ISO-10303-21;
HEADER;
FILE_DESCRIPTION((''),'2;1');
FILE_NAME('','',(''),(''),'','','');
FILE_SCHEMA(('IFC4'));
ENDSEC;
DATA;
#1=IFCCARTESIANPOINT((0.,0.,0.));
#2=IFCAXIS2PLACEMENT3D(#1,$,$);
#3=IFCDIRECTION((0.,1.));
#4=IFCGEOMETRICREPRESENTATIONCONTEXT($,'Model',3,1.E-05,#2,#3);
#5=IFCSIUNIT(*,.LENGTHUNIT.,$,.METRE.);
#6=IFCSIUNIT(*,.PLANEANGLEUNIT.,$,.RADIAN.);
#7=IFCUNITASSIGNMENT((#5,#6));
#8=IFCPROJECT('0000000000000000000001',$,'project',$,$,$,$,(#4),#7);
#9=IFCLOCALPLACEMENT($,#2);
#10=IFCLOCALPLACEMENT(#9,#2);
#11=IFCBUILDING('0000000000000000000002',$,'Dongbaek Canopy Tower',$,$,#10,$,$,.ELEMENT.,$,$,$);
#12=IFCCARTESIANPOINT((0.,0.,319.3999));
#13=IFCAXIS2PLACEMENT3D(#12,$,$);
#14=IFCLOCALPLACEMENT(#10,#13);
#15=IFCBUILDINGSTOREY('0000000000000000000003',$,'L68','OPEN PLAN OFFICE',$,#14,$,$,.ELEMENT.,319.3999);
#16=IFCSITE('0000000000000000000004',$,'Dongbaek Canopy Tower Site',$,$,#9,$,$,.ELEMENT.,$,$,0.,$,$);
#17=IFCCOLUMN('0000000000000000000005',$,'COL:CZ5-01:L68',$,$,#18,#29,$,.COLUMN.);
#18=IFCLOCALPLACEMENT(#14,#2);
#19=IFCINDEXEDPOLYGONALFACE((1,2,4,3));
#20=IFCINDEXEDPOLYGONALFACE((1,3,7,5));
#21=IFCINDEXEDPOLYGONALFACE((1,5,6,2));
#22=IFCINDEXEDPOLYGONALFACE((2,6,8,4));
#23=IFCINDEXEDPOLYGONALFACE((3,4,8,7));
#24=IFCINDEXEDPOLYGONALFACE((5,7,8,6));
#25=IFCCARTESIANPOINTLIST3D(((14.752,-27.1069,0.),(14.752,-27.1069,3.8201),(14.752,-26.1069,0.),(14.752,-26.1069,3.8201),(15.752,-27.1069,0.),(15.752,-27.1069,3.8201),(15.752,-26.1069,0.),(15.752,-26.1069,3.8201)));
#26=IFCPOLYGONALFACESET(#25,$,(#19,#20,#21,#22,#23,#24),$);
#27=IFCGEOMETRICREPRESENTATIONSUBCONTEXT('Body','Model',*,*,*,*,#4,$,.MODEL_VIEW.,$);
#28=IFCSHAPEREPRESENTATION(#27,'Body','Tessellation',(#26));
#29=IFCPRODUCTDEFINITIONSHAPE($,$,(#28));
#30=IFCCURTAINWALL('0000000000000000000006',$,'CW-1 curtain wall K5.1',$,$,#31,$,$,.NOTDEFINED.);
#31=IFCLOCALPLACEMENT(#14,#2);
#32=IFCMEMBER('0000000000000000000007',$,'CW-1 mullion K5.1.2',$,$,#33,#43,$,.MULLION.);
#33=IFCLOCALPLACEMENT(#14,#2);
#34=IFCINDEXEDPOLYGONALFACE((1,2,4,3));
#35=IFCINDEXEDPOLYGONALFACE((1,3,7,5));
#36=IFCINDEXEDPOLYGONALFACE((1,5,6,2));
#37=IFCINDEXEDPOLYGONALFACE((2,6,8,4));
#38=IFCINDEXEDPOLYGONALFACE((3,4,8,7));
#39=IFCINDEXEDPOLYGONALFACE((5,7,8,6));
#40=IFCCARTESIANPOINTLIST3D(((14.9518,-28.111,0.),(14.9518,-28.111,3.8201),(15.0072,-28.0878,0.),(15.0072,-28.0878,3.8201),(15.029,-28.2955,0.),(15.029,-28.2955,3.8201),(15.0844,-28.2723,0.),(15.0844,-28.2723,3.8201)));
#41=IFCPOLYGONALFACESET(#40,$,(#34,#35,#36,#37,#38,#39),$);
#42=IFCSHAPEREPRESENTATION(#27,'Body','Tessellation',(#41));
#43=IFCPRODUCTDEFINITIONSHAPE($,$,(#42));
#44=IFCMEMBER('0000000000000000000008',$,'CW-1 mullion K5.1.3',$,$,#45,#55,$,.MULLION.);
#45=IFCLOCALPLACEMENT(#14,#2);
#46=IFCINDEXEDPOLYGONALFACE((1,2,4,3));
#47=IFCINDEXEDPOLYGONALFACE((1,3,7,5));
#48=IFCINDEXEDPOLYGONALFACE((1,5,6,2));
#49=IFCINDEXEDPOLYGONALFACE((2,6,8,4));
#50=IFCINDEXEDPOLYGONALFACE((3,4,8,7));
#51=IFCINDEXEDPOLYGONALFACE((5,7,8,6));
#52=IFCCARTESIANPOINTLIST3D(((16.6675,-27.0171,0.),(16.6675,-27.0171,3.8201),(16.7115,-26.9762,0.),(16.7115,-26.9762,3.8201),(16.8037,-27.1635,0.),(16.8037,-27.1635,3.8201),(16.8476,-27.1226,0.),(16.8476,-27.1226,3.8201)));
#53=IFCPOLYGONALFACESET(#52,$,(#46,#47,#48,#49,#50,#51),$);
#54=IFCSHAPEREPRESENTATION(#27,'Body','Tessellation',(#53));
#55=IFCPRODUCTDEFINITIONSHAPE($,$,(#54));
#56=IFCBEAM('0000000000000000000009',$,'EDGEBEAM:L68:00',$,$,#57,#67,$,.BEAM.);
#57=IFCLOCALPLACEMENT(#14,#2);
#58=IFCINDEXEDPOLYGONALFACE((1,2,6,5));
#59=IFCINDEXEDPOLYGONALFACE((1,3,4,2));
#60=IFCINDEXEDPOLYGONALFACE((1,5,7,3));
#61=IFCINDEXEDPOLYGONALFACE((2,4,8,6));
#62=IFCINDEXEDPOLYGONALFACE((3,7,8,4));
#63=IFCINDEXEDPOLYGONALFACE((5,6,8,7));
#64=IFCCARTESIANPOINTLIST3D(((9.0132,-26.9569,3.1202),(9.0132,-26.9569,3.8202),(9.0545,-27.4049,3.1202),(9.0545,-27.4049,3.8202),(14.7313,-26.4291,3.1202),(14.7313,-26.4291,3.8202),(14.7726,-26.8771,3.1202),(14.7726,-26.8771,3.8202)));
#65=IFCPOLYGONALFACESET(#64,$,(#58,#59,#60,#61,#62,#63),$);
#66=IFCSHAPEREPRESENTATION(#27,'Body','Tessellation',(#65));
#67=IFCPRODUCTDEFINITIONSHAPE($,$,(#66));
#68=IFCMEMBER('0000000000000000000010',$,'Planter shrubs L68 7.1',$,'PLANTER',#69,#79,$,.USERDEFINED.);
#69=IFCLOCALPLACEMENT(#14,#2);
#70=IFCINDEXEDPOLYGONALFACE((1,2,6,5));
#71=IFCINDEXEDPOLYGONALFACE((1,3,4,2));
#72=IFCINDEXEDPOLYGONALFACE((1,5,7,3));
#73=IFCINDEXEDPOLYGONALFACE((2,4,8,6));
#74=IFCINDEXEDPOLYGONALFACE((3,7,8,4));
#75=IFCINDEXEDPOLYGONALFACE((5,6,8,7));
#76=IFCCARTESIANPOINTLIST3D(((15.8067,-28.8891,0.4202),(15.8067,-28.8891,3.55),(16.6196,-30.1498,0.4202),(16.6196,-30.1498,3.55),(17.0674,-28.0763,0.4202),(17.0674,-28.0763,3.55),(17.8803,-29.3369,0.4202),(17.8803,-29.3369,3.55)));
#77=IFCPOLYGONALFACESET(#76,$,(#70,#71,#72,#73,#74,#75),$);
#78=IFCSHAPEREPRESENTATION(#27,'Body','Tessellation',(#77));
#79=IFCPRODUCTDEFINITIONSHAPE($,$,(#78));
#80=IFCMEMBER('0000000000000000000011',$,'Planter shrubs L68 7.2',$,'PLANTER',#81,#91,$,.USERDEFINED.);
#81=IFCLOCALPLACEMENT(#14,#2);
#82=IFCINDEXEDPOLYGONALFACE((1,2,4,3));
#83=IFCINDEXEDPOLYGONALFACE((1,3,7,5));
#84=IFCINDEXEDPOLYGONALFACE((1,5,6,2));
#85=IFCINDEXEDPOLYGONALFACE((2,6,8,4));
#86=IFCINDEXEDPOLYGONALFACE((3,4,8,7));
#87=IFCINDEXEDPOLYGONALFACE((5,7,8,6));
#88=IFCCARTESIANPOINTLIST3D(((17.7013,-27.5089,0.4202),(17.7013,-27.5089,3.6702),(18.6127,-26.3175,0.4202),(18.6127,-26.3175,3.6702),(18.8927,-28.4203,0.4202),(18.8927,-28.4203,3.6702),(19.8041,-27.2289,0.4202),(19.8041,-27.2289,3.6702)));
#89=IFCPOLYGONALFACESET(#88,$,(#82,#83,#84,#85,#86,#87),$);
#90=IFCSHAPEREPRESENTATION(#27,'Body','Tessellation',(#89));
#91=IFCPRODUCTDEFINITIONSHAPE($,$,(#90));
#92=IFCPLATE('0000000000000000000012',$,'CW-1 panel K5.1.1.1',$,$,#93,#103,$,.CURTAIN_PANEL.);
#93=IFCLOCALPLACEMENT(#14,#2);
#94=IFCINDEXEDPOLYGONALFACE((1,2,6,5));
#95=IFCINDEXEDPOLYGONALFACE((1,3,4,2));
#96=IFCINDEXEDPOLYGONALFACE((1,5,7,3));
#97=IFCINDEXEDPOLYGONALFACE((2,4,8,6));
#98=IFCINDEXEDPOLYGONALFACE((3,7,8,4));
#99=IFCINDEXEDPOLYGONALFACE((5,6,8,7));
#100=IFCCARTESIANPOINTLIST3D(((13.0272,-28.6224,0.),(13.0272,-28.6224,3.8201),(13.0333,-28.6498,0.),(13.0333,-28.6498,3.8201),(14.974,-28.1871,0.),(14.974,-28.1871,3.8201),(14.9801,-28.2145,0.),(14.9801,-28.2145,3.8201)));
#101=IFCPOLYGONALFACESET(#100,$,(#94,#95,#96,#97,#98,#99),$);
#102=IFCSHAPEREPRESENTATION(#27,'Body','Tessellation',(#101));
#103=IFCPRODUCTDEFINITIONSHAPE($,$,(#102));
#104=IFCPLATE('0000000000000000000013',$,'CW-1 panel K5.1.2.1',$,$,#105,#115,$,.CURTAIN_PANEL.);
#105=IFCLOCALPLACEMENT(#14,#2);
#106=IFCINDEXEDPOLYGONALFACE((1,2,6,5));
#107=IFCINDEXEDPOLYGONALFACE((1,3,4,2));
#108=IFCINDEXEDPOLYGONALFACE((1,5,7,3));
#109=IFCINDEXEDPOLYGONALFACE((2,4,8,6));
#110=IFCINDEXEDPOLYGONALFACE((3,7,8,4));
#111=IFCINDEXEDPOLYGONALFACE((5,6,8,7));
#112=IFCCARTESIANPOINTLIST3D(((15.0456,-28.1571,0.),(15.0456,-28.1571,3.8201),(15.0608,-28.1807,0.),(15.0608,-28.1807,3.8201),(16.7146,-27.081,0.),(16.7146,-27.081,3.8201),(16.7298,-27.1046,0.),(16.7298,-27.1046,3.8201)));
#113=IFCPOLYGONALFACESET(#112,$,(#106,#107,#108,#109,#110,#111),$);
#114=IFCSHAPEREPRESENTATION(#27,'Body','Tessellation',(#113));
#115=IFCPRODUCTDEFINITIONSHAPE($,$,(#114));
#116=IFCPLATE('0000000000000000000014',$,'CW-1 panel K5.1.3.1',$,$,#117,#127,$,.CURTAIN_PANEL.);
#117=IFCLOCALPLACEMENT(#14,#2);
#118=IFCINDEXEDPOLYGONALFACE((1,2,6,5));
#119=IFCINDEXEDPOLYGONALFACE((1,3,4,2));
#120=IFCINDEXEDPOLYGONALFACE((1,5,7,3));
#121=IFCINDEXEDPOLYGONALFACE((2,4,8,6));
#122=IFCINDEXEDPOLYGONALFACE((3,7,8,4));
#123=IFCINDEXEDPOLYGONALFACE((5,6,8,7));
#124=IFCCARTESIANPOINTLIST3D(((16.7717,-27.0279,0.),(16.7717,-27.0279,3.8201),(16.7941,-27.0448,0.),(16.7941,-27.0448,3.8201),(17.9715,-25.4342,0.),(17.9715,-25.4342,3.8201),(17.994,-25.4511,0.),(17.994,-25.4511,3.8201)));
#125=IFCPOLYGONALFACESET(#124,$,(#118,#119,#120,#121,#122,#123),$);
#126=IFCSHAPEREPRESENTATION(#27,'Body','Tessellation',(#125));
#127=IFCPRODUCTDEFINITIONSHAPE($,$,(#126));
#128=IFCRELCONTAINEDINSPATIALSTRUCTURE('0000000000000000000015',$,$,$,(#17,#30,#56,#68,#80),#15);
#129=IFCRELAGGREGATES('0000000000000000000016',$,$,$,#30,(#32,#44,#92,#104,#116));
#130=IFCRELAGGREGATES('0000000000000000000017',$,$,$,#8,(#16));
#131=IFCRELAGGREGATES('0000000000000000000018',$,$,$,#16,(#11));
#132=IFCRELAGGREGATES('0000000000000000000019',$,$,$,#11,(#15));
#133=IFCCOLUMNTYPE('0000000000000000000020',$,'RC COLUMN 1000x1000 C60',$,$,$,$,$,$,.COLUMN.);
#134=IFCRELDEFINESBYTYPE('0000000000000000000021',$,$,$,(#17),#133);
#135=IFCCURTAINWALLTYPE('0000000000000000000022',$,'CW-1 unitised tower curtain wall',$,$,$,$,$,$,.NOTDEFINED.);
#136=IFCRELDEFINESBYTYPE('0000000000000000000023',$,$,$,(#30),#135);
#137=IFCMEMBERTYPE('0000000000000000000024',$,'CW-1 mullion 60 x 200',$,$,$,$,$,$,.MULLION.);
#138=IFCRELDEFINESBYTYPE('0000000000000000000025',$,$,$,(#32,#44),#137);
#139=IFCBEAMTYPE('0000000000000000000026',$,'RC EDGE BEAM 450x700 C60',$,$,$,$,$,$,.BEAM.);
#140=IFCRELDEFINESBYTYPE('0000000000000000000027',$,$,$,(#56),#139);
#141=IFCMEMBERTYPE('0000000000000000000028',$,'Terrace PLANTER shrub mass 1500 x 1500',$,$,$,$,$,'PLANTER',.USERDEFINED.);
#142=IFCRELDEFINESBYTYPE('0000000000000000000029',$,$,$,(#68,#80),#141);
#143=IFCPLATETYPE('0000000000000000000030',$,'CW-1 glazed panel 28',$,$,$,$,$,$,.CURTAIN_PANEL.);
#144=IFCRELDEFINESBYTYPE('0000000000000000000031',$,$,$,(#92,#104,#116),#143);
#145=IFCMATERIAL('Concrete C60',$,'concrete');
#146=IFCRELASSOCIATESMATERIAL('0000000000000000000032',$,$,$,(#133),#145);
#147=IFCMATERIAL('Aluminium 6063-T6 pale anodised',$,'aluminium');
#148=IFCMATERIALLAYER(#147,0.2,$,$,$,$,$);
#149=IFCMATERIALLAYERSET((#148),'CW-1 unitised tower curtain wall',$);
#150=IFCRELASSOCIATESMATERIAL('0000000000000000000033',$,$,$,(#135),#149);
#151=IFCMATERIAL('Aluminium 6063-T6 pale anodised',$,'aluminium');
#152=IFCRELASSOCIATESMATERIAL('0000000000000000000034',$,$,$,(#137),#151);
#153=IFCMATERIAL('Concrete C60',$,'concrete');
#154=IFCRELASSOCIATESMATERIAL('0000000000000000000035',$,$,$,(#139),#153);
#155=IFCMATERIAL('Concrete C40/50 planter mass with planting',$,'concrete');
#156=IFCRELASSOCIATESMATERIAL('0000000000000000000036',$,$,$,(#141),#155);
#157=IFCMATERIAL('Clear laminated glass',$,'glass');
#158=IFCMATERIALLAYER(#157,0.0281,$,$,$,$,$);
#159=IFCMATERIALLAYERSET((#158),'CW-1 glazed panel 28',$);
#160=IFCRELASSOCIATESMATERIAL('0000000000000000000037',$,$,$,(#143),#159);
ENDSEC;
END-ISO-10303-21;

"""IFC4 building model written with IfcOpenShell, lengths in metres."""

from ifc_helpers import new_model, si_unit, direction, frame, origin, origin_2d, place, context, subcontext, project, spatial, rectangle, extrude, material, layer, layer_set, material_profile, profile_set, type_object, element, aggregate, save


model = new_model("IFC4")

# Units and contexts
model_context = context("Model", 3, precision=1e-05, world=origin(), true_north=direction((0.0, 1.0)))
body_context = subcontext(model_context, "Body", "Model", "MODEL_VIEW")
ifc_project = project(units=[si_unit("LENGTHUNIT", "METRE"), si_unit("PLANEANGLEUNIT", "RADIAN")], contexts=[model_context])

# Site, building, storey
site_placement = place(None, origin())
site = spatial("IfcSite", under=ifc_project, at=site_placement, Name="Dongbaek Canopy Tower Site", CompositionType="ELEMENT", RefElevation=0.0)
building_placement = place(site_placement, origin())
building = spatial("IfcBuilding", under=site, at=building_placement, Name="Dongbaek Canopy Tower", CompositionType="ELEMENT")
storey_placement = place(building_placement, frame((0.0, 0.0, 319.3999)))
storey = spatial("IfcBuildingStorey", under=building, at=storey_placement, Name="L68", Description="OPEN PLAN OFFICE", CompositionType="ELEMENT", Elevation=319.3999)

# Column
ifc_material_1 = material(Name="Concrete C60", Category="concrete")
ifc_material_profile_1 = material_profile(ifc_material_1, rectangle(XDim=1.0, YDim=1.0, at=origin_2d()), Name="RC COLUMN 1000x1000 C60")
ifc_profile_set_1 = profile_set([ifc_material_profile_1], Name="Concrete C60")
column_type = type_object("IfcColumnType", Name="RC COLUMN 1000x1000 C60", PredefinedType="COLUMN", material=ifc_profile_set_1)
column_placement = place(storey_placement, frame((15.252, -26.6069, 0.0), z_axis=(0.0, 0.0, 1.0), x_axis=(1.0, 0.0, 0.0)))
element("IfcColumn", 1, at=column_placement, inside=storey, type_object=column_type, Name="COL:CZ5-01:L68", PredefinedType="COLUMN", context=body_context, shape_type="SweptSolid", body=[
    extrude(rectangle(XDim=1.0, YDim=1.0, at=origin_2d()), origin(), (0.0, 0.0, 1.0), 3.8201),
])

# Curtain wall, members
ifc_material_2 = material(Name="Aluminium 6063-T6 pale anodised", Category="aluminium")
ifc_layer_1 = layer(ifc_material_2, 0.2)
ifc_layer_set_1 = layer_set([ifc_layer_1], Name="CW-1 unitised tower curtain wall")
curtain_wall_type = type_object("IfcCurtainWallType", Name="CW-1 unitised tower curtain wall", PredefinedType="NOTDEFINED", material=ifc_layer_set_1)
curtain_wall_placement = place(storey_placement, origin())
curtain_wall = element("IfcCurtainWall", 2, at=curtain_wall_placement, inside=storey, type_object=curtain_wall_type, Name="CW-1 curtain wall K5.1", PredefinedType="NOTDEFINED")
ifc_material_3 = material(Name="Aluminium 6063-T6 pale anodised", Category="aluminium")
ifc_material_profile_2 = material_profile(ifc_material_3, rectangle(XDim=0.2, YDim=0.0601, at=origin_2d()), Name="CW-1 mullion 60 x 200")
ifc_profile_set_2 = profile_set([ifc_material_profile_2], Name="Aluminium 6063-T6 pale anodised")
member_type_1 = type_object("IfcMemberType", Name="CW-1 mullion 60 x 200", PredefinedType="MULLION", material=ifc_profile_set_2)
member_1_placement = place(storey_placement, frame((15.0181, -28.1917, 0.0), z_axis=(0.0, 0.0, 1.0), x_axis=(0.386037, -0.922483, 0.0)))
member_1 = element("IfcMember", 3, at=member_1_placement, type_object=member_type_1, Name="CW-1 mullion K5.1.2", PredefinedType="MULLION", context=body_context, shape_type="SweptSolid", body=[
    extrude(rectangle(XDim=0.2, YDim=0.0601, at=origin_2d()), origin(), (0.0, 0.0, 1.0), 3.8201),
])
member_2_placement = place(storey_placement, frame((16.7576, -27.0698, 0.0), z_axis=(0.0, 0.0, 1.0), x_axis=(0.680964, -0.732317, 0.0)))
member_2 = element("IfcMember", 4, at=member_2_placement, type_object=member_type_1, Name="CW-1 mullion K5.1.3", PredefinedType="MULLION", context=body_context, shape_type="SweptSolid", body=[
    extrude(rectangle(XDim=0.2, YDim=0.0601, at=origin_2d()), origin(), (0.0, 0.0, 1.0), 3.8201),
])

# Beam
ifc_material_4 = material(Name="Concrete C60", Category="concrete")
ifc_material_profile_3 = material_profile(ifc_material_4, rectangle(XDim=0.45, YDim=0.7, at=origin_2d()), Name="RC EDGE BEAM 450x700 C60")
ifc_profile_set_3 = profile_set([ifc_material_profile_3], Name="Concrete C60")
beam_type = type_object("IfcBeamType", Name="RC EDGE BEAM 450x700 C60", PredefinedType="BEAM", material=ifc_profile_set_3)
beam_placement = place(storey_placement, frame((14.752, -26.6531, 3.4702), z_axis=(-0.995766, -0.09192, 0.0), x_axis=(0.09192, -0.995766, 0.0)))
element("IfcBeam", 5, at=beam_placement, inside=storey, type_object=beam_type, Name="EDGEBEAM:L68:00", PredefinedType="BEAM", context=body_context, shape_type="SweptSolid", body=[
    extrude(rectangle(XDim=0.45, YDim=0.7, at=origin_2d()), origin(), (0.0, 0.0, 1.0), 5.7424),
])

# Members
ifc_material_5 = material(Name="Concrete C40/50 planter mass with planting", Category="concrete")
ifc_material_profile_4 = material_profile(ifc_material_5, rectangle(XDim=1.5, YDim=1.5, at=origin_2d()), Name="Terrace PLANTER shrub mass 1500 x 1500")
ifc_profile_set_4 = profile_set([ifc_material_profile_4], Name="Concrete C40/50 planter mass with planting")
member_type_2 = type_object("IfcMemberType", Name="Terrace PLANTER shrub mass 1500 x 1500", ElementType="PLANTER", PredefinedType="USERDEFINED", material=ifc_profile_set_4)
member_3_placement = place(storey_placement, frame((16.8435, -29.113, 0.4202), z_axis=(0.0, 0.0, 1.0), x_axis=(0.541907, -0.840438, 0.0)))
element("IfcMember", 6, at=member_3_placement, inside=storey, type_object=member_type_2, Name="Planter shrubs L68 7.1", ObjectType="PLANTER", PredefinedType="USERDEFINED", context=body_context, shape_type="SweptSolid", body=[
    extrude(rectangle(XDim=1.5, YDim=1.5, at=origin_2d()), origin(), (0.0, 0.0, 1.0), 3.1299),
])
member_4_placement = place(storey_placement, frame((18.7527, -27.3689, 0.4202), z_axis=(0.0, 0.0, 1.0), x_axis=(0.794235, -0.607611, 0.0)))
element("IfcMember", 7, at=member_4_placement, inside=storey, type_object=member_type_2, Name="Planter shrubs L68 7.2", ObjectType="PLANTER", PredefinedType="USERDEFINED", context=body_context, shape_type="SweptSolid", body=[
    extrude(rectangle(XDim=1.5, YDim=1.5, at=origin_2d()), origin(), (0.0, 0.0, 1.0), 3.25),
])

# Plates
ifc_material_6 = material(Name="Clear laminated glass", Category="glass")
ifc_layer_2 = layer(ifc_material_6, 0.0281)
ifc_layer_set_2 = layer_set([ifc_layer_2], Name="CW-1 glazed panel 28")
plate_type = type_object("IfcPlateType", Name="CW-1 glazed panel 28", PredefinedType="CURTAIN_PANEL", material=ifc_layer_set_2)
plate_1_placement = place(storey_placement, frame((14.0037, -28.4185, 0.0), z_axis=(0.0, 0.0, 1.0), x_axis=(0.975907, 0.218189, 0.0)))
plate_1 = element("IfcPlate", 8, at=plate_1_placement, type_object=plate_type, Name="CW-1 panel K5.1.1.1", PredefinedType="CURTAIN_PANEL", context=body_context, shape_type="SweptSolid", body=[
    extrude(rectangle(XDim=1.9949, YDim=0.0281, at=origin_2d()), origin(), (0.0, 0.0, 1.0), 3.8201),
])
plate_2_placement = place(storey_placement, frame((15.8877, -27.6309, 0.0), z_axis=(0.0, 0.0, 1.0), x_axis=(0.840438, 0.541907, 0.0)))
plate_2 = element("IfcPlate", 9, at=plate_2_placement, type_object=plate_type, Name="CW-1 panel K5.1.2.1", PredefinedType="CURTAIN_PANEL", context=body_context, shape_type="SweptSolid", body=[
    extrude(rectangle(XDim=1.9858, YDim=0.0281, at=origin_2d()), origin(), (0.0, 0.0, 1.0), 3.8201),
])
plate_3_placement = place(storey_placement, frame((17.3828, -26.2395, 0.0), z_axis=(0.0, 0.0, 1.0), x_axis=(0.601475, 0.798892, 0.0)))
plate_3 = element("IfcPlate", 10, at=plate_3_placement, type_object=plate_type, Name="CW-1 panel K5.1.3.1", PredefinedType="CURTAIN_PANEL", context=body_context, shape_type="SweptSolid", body=[
    extrude(rectangle(XDim=1.9949, YDim=0.0281, at=origin_2d()), origin(), (0.0, 0.0, 1.0), 3.8201),
])
aggregate(curtain_wall, [member_1, member_2, plate_1, plate_2, plate_3])

save(model, "model.ifc")
